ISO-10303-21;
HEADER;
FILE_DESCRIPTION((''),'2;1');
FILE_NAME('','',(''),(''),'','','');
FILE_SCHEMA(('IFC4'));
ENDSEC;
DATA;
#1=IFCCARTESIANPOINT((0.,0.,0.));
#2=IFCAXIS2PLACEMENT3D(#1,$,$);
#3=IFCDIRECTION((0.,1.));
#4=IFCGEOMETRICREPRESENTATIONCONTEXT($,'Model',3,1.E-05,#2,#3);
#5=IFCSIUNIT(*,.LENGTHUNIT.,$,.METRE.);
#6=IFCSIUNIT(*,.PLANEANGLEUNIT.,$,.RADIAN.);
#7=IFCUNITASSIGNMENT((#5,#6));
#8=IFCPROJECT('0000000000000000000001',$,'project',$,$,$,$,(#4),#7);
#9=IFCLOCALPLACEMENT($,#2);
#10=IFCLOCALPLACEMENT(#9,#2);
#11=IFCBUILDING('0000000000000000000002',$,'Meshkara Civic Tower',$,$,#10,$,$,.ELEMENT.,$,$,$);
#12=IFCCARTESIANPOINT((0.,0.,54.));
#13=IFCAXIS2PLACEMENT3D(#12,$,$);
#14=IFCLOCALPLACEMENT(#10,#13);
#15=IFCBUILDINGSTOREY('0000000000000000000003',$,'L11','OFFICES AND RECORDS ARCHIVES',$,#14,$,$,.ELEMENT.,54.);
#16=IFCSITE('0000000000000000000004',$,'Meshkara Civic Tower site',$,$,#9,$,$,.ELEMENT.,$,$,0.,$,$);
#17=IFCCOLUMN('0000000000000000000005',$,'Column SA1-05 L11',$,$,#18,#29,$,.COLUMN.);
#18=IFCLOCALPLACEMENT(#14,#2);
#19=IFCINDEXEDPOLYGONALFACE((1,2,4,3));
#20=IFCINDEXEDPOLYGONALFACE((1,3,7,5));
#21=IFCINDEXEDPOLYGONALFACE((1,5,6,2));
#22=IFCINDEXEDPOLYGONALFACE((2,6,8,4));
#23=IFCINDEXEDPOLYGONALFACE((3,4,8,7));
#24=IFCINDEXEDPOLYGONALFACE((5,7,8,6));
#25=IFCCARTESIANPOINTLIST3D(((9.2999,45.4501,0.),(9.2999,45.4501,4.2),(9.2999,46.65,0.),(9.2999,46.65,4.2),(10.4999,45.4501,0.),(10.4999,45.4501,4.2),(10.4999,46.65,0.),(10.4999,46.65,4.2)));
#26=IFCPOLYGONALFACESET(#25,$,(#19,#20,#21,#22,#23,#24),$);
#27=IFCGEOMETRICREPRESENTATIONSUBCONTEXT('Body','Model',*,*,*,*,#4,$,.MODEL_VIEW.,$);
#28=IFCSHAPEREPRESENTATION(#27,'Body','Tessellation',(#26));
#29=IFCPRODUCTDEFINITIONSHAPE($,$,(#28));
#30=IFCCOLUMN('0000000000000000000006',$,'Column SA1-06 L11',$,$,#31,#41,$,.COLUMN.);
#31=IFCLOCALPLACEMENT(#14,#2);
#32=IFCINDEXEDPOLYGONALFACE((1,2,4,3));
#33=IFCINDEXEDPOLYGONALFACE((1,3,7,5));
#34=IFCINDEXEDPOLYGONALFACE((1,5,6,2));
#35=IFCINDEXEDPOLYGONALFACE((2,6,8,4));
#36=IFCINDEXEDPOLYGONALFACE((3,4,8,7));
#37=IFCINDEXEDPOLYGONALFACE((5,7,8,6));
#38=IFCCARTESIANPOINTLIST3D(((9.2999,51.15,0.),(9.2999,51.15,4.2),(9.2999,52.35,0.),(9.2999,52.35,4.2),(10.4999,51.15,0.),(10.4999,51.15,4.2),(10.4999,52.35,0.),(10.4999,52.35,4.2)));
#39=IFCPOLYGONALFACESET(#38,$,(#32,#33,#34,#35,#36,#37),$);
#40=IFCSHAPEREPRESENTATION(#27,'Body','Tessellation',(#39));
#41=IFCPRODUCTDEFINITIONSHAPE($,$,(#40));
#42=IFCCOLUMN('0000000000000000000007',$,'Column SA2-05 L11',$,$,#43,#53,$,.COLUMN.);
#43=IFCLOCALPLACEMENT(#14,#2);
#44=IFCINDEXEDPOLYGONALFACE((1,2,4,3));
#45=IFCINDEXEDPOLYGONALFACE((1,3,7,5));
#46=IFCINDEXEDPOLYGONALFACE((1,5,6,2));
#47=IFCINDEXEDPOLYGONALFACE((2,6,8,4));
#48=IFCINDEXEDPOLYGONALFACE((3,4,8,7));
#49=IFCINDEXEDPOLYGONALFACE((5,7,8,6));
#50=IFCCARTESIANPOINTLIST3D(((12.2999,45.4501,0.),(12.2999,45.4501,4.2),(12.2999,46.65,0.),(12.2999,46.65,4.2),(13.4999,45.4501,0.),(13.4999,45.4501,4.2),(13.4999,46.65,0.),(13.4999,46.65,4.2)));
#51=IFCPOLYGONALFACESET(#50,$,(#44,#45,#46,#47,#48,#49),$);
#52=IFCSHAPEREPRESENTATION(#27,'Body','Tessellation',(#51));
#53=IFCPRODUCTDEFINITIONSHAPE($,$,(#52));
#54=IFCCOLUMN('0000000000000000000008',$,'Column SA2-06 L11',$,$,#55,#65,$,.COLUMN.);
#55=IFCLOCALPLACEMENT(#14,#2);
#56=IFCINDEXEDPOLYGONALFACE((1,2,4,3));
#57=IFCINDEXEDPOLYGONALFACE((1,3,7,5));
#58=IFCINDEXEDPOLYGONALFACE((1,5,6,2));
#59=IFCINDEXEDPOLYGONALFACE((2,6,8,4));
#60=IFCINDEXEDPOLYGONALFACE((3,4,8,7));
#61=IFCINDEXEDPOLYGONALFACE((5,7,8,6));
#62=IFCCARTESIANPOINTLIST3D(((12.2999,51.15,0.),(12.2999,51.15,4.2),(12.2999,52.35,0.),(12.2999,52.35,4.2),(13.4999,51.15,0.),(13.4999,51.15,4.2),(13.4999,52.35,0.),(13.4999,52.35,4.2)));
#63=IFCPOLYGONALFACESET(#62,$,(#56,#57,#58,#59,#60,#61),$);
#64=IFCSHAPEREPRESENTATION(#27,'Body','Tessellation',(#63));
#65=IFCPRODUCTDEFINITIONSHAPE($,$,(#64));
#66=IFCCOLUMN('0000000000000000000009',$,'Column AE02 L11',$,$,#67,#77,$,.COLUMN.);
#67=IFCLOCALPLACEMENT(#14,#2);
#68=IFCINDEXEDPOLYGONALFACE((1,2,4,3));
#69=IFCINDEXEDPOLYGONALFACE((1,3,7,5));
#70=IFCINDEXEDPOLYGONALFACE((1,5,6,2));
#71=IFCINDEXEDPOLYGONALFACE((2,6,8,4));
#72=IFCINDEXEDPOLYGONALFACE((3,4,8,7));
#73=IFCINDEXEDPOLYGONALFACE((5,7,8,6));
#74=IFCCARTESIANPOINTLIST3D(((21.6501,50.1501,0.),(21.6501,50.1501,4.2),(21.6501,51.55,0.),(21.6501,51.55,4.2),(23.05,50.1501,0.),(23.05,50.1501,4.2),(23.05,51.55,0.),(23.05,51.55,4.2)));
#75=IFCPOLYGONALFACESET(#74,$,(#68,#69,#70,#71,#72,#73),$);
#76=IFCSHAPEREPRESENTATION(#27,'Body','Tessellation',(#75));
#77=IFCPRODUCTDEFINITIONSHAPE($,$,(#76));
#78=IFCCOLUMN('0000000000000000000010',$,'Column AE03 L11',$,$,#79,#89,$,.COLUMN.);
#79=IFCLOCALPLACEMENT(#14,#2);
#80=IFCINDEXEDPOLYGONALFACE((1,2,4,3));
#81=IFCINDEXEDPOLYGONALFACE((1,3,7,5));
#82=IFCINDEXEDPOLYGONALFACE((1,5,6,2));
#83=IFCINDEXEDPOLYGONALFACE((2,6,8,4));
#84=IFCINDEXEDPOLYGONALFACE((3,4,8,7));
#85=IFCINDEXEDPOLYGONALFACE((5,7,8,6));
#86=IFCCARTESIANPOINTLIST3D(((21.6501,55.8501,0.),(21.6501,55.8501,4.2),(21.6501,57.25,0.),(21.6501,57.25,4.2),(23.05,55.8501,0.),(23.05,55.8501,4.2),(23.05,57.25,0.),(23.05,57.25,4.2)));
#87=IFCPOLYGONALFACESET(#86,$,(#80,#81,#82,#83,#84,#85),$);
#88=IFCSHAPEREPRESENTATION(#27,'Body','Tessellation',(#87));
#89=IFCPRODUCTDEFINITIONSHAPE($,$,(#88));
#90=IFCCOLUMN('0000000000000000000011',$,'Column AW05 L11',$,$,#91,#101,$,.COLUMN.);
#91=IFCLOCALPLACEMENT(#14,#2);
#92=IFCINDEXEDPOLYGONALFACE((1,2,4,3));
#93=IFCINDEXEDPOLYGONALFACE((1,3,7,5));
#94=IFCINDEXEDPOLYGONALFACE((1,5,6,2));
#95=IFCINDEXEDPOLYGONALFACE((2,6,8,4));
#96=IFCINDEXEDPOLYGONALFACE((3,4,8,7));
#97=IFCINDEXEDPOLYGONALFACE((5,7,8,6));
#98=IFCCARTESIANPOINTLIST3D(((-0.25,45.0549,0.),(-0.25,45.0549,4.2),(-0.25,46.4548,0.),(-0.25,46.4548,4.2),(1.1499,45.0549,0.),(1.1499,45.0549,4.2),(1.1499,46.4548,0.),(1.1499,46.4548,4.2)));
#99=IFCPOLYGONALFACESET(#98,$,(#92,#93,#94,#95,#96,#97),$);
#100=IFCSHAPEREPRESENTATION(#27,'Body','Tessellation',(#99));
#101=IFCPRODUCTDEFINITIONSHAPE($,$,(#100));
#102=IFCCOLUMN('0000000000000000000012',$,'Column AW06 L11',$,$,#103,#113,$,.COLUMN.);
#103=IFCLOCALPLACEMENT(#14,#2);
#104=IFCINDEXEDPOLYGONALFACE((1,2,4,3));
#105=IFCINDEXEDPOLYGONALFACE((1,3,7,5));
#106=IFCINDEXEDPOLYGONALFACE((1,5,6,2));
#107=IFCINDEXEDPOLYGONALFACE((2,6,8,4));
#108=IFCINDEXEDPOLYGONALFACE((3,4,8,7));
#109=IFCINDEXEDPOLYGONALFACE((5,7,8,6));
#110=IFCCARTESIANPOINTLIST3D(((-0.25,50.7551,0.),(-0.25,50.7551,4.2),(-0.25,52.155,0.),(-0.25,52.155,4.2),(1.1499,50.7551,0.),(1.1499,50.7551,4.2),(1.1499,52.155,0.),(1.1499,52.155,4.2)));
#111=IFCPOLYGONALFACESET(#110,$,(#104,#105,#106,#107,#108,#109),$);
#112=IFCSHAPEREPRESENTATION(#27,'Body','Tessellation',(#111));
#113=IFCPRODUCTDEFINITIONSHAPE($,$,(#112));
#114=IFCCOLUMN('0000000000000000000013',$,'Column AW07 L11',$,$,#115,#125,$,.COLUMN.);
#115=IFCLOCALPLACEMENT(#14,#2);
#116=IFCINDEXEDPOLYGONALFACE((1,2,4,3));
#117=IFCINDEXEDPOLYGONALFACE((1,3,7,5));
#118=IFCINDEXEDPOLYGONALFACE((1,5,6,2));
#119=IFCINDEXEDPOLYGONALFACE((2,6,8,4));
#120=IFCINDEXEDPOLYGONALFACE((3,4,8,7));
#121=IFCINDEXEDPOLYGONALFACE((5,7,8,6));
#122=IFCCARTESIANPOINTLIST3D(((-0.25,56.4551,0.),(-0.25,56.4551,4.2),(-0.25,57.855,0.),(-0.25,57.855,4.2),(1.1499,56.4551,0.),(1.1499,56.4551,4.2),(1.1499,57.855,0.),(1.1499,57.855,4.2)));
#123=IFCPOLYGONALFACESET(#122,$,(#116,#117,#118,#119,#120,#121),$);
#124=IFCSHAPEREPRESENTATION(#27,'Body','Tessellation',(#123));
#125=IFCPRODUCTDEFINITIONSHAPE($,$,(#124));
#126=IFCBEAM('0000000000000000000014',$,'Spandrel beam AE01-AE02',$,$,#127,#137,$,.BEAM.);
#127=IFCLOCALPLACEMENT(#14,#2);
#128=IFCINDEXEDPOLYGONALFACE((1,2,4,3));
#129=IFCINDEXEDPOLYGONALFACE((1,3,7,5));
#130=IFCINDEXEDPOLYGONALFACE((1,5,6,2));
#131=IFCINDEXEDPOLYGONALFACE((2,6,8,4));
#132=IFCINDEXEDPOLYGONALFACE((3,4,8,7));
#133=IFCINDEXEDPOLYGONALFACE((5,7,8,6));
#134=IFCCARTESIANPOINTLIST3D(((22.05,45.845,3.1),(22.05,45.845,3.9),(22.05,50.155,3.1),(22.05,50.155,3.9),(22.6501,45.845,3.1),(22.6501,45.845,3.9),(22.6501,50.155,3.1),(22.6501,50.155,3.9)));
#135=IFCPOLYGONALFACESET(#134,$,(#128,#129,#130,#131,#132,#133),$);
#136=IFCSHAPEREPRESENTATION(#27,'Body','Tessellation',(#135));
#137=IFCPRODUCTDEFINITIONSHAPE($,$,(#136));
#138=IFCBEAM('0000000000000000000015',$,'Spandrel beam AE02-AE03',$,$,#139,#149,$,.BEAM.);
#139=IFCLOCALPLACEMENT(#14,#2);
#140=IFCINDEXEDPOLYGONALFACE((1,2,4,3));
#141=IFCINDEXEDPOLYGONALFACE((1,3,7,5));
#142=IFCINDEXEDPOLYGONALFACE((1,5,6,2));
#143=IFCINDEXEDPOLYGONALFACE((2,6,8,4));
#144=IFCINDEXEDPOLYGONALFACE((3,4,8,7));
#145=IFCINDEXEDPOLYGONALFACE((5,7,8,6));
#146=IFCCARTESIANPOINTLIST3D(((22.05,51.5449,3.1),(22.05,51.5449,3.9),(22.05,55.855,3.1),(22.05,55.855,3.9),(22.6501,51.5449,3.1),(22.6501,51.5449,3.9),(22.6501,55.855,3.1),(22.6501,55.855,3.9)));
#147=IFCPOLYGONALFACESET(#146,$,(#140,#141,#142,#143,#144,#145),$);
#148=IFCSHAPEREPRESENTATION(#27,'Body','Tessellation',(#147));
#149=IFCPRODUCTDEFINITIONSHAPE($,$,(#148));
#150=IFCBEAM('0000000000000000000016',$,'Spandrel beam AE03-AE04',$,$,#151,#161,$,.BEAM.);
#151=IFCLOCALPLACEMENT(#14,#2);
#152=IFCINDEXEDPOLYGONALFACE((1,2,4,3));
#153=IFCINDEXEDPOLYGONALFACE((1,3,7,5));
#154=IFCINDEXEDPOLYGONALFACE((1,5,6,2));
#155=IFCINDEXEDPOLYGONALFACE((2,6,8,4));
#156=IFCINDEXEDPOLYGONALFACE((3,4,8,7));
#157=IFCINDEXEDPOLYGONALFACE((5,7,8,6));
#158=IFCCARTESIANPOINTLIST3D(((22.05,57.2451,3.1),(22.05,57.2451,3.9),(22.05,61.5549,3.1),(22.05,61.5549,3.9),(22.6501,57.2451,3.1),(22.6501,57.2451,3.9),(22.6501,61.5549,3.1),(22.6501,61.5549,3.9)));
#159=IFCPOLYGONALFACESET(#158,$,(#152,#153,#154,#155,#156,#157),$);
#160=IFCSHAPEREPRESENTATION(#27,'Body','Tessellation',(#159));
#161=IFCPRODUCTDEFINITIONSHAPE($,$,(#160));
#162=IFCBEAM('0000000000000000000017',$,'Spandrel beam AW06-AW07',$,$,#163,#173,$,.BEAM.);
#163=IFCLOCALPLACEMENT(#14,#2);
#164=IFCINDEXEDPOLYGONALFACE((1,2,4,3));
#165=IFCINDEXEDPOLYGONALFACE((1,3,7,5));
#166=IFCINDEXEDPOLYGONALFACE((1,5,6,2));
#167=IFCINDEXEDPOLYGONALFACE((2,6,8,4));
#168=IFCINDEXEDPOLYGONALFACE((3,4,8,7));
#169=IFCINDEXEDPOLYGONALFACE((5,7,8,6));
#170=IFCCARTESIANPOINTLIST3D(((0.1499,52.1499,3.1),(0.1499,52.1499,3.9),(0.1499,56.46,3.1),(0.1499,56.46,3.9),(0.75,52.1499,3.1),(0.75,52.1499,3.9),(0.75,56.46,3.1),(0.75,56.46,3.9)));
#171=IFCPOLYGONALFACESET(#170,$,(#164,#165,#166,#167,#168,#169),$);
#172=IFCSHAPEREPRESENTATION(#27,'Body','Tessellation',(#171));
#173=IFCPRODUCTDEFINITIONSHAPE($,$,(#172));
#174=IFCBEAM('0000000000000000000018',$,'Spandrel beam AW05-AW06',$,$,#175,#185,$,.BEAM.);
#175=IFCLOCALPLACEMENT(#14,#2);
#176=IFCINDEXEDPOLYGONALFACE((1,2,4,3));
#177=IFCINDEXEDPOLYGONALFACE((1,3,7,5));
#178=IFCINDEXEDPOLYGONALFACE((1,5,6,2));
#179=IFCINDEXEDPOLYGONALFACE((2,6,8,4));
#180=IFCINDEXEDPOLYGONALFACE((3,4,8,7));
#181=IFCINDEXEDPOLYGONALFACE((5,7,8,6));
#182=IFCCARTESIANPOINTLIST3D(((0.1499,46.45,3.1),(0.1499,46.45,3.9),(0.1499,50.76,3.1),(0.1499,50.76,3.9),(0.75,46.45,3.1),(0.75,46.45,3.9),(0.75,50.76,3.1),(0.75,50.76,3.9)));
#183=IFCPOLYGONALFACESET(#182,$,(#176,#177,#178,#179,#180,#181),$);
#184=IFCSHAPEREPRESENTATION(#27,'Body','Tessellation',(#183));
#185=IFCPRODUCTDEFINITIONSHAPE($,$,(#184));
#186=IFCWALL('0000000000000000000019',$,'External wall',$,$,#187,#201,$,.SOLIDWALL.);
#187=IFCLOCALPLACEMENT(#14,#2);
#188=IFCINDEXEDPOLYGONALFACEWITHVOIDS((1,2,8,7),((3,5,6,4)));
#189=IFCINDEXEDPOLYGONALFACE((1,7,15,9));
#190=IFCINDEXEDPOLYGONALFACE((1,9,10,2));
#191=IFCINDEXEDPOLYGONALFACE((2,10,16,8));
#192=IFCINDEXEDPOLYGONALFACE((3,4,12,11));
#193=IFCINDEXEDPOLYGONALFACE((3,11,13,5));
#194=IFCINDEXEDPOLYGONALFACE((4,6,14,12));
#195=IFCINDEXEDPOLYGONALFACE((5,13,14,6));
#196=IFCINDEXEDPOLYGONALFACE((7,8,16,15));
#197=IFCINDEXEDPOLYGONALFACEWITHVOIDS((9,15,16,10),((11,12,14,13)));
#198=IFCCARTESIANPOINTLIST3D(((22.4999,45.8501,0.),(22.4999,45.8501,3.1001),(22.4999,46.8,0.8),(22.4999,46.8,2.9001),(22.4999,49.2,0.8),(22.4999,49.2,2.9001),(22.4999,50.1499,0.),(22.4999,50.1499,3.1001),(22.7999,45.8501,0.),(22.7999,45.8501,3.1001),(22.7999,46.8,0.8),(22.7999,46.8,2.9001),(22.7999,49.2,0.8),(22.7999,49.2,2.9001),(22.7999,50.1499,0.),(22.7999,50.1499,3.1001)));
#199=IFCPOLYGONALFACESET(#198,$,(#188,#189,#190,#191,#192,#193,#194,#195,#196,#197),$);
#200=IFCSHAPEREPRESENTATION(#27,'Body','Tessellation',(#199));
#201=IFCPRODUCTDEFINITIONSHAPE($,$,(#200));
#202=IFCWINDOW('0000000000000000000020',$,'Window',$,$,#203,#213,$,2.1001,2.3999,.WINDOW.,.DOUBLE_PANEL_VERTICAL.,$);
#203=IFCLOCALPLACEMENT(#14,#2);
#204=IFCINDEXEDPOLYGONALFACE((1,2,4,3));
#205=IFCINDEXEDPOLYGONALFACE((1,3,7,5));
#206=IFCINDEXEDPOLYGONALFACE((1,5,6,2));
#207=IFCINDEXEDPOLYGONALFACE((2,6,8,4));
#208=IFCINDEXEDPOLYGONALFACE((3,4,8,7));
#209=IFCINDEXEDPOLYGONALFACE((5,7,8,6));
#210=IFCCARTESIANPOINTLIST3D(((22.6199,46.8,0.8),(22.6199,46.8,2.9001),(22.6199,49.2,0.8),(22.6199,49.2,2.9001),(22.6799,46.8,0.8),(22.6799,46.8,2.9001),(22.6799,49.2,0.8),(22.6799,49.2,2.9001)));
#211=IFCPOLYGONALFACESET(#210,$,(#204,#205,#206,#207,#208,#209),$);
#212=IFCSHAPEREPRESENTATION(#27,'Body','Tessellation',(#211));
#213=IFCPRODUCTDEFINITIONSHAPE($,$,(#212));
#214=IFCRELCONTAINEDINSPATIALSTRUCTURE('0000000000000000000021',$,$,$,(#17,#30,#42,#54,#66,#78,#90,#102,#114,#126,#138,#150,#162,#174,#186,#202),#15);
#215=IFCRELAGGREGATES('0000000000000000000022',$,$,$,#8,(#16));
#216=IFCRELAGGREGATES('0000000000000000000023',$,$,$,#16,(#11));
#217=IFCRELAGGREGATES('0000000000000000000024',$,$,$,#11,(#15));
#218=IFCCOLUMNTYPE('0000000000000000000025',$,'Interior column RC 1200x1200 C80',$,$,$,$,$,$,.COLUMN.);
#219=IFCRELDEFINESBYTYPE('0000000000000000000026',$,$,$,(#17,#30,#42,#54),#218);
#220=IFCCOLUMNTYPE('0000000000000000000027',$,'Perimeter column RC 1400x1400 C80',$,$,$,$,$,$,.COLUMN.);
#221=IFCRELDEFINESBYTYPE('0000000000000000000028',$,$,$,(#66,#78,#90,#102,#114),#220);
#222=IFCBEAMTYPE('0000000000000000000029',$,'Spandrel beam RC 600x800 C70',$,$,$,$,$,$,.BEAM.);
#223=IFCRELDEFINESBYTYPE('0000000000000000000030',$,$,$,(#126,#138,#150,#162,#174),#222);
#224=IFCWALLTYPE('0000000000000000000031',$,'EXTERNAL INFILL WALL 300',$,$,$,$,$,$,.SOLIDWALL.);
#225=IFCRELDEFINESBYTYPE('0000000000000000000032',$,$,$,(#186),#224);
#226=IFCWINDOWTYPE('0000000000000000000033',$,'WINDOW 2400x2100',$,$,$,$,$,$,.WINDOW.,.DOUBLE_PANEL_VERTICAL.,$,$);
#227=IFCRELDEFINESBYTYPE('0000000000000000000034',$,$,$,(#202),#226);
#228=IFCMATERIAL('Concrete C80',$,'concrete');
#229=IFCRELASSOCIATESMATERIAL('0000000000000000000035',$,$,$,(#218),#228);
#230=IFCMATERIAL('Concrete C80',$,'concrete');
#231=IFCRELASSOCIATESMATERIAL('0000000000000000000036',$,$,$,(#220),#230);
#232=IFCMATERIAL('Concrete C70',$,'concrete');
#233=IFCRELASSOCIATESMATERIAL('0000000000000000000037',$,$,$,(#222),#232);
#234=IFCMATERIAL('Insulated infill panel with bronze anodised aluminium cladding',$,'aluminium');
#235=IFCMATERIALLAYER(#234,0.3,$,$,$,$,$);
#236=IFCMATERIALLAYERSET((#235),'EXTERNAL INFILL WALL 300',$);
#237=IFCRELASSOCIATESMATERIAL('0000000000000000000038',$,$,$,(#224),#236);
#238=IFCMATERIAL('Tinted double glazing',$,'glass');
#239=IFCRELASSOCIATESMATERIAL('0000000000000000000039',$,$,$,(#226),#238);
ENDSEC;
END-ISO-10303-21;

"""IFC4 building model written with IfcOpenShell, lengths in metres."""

from ifc_helpers import new_model, si_unit, direction, frame, frame_2d, origin, origin_2d, place, context, subcontext, project, spatial, rectangle, extrude, material, layer, layer_set, material_profile, profile_set, type_object, element, fill, save


model = new_model("IFC4")

# Units and contexts
model_context = context("Model", 3, precision=1e-05, world=origin(), true_north=direction((0.0, 1.0)))
body_context = subcontext(model_context, "Body", "Model", "MODEL_VIEW")
ifc_project = project(units=[si_unit("LENGTHUNIT", "METRE"), si_unit("PLANEANGLEUNIT", "RADIAN")], contexts=[model_context])

# Site, building, storey
site_placement = place(None, origin())
site = spatial("IfcSite", under=ifc_project, at=site_placement, Name="Meshkara Civic Tower site", CompositionType="ELEMENT", RefElevation=0.0)
building_placement = place(site_placement, origin())
building = spatial("IfcBuilding", under=site, at=building_placement, Name="Meshkara Civic Tower", CompositionType="ELEMENT")
storey_placement = place(building_placement, frame((0.0, 0.0, 54.0)))
storey = spatial("IfcBuildingStorey", under=building, at=storey_placement, Name="L11", Description="OFFICES AND RECORDS ARCHIVES", CompositionType="ELEMENT", Elevation=54.0)

# Columns
ifc_material_1 = material(Name="Concrete C80", Category="concrete")
ifc_material_profile_1 = material_profile(ifc_material_1, rectangle(XDim=1.2, YDim=1.2, at=origin_2d()))
ifc_profile_set_1 = profile_set([ifc_material_profile_1], Name="Concrete C80")
column_type_1 = type_object("IfcColumnType", Name="Interior column RC 1200x1200 C80", PredefinedType="COLUMN", material=ifc_profile_set_1)
for number, where, z_axis, x_axis, name in (
    (1, (9.8999, 46.05, 0.0), (0.0, 0.0, 1.0), (1.0, 0.0, 0.0), "Column SA1-05 L11"),
    (2, (9.8999, 51.75, 0.0), (0.0, 0.0, 1.0), (1.0, 0.0, 0.0), "Column SA1-06 L11"),
    (3, (12.8999, 46.05, 0.0), (0.0, 0.0, 1.0), (1.0, 0.0, 0.0), "Column SA2-05 L11"),
    (4, (12.8999, 51.75, 0.0), (0.0, 0.0, 1.0), (1.0, 0.0, 0.0), "Column SA2-06 L11"),
):
    element("IfcColumn", number, at=place(storey_placement, frame(where, z_axis=z_axis, x_axis=x_axis)), inside=storey, type_object=column_type_1, Name=name, PredefinedType="COLUMN", context=body_context, shape_type="SweptSolid", body=[
        extrude(rectangle(XDim=1.2, YDim=1.2, at=origin_2d()), origin(), (0.0, 0.0, 1.0), 4.2),
    ])
ifc_material_2 = material(Name="Concrete C80", Category="concrete")
ifc_material_profile_2 = material_profile(ifc_material_2, rectangle(XDim=1.3999, YDim=1.3999, at=origin_2d()))
ifc_profile_set_2 = profile_set([ifc_material_profile_2], Name="Concrete C80")
column_type_2 = type_object("IfcColumnType", Name="Perimeter column RC 1400x1400 C80", PredefinedType="COLUMN", material=ifc_profile_set_2)
for number, where, z_axis, x_axis, name in (
    (5, (22.3501, 50.8501, 0.0), (0.0, 0.0, 1.0), (1.0, 0.0, 0.0), "Column AE02 L11"),
    (6, (22.3501, 56.55, 0.0), (0.0, 0.0, 1.0), (1.0, 0.0, 0.0), "Column AE03 L11"),
    (7, (0.45, 45.7549, 0.0), (0.0, 0.0, 1.0), (1.0, 0.0, 0.0), "Column AW05 L11"),
    (8, (0.45, 51.4551, 0.0), (0.0, 0.0, 1.0), (1.0, 0.0, 0.0), "Column AW06 L11"),
    (9, (0.45, 57.155, 0.0), (0.0, 0.0, 1.0), (1.0, 0.0, 0.0), "Column AW07 L11"),
):
    element("IfcColumn", number, at=place(storey_placement, frame(where, z_axis=z_axis, x_axis=x_axis)), inside=storey, type_object=column_type_2, Name=name, PredefinedType="COLUMN", context=body_context, shape_type="SweptSolid", body=[
        extrude(rectangle(XDim=1.3999, YDim=1.3999, at=origin_2d()), origin(), (0.0, 0.0, 1.0), 4.2),
    ])

# Beams
ifc_material_3 = material(Name="Concrete C70", Category="concrete")
ifc_material_profile_3 = material_profile(ifc_material_3, rectangle(XDim=0.6001, YDim=0.8, at=origin_2d()))
ifc_profile_set_3 = profile_set([ifc_material_profile_3], Name="Concrete C70")
beam_type = type_object("IfcBeamType", Name="Spandrel beam RC 600x800 C70", PredefinedType="BEAM", material=ifc_profile_set_3)
for number, where, z_axis, x_axis, name in (
    (10, (22.3501, 45.845, 3.5), (0.0, 1.0, 0.0), (-1.0, 0.0, 0.0), "Spandrel beam AE01-AE02"),
    (11, (22.3501, 51.5449, 3.5), (0.0, 1.0, 0.0), (-1.0, 0.0, 0.0), "Spandrel beam AE02-AE03"),
):
    element("IfcBeam", number, at=place(storey_placement, frame(where, z_axis=z_axis, x_axis=x_axis)), inside=storey, type_object=beam_type, Name=name, PredefinedType="BEAM", context=body_context, shape_type="SweptSolid", body=[
        extrude(rectangle(XDim=0.6001, YDim=0.8, at=origin_2d()), origin(), (0.0, 0.0, 1.0), 4.3101),
    ])
beam_placement = place(storey_placement, frame((22.3501, 57.2451, 3.5), z_axis=(0.0, 1.0, 0.0), x_axis=(-1.0, 0.0, 0.0)))
element("IfcBeam", 12, at=beam_placement, inside=storey, type_object=beam_type, Name="Spandrel beam AE03-AE04", PredefinedType="BEAM", context=body_context, shape_type="SweptSolid", body=[
    extrude(rectangle(XDim=0.6001, YDim=0.8, at=origin_2d()), origin(), (0.0, 0.0, 1.0), 4.3098),
])
for number, where, z_axis, x_axis, name in (
    (13, (0.45, 56.46, 3.5), (0.0, -1.0, 0.0), (1.0, 0.0, 0.0), "Spandrel beam AW06-AW07"),
    (14, (0.45, 50.76, 3.5), (0.0, -1.0, 0.0), (1.0, 0.0, 0.0), "Spandrel beam AW05-AW06"),
):
    element("IfcBeam", number, at=place(storey_placement, frame(where, z_axis=z_axis, x_axis=x_axis)), inside=storey, type_object=beam_type, Name=name, PredefinedType="BEAM", context=body_context, shape_type="SweptSolid", body=[
        extrude(rectangle(XDim=0.6001, YDim=0.8, at=origin_2d()), origin(), (0.0, 0.0, 1.0), 4.3101),
    ])

# Wall, opening, window
ifc_material_4 = material(Name="Insulated infill panel with bronze anodised aluminium cladding", Category="aluminium")
ifc_layer_1 = layer(ifc_material_4, 0.3)
ifc_layer_set_1 = layer_set([ifc_layer_1], Name="EXTERNAL INFILL WALL 300")
wall_type_1 = type_object("IfcWallType", Name="EXTERNAL INFILL WALL 300", PredefinedType="SOLIDWALL", material=ifc_layer_set_1)
wall_1_placement = place(storey_placement, frame((22.6499, 45.8501, 0.0), z_axis=(0.0, 0.0, 1.0), x_axis=(0.0, 1.0, 0.0)))
wall_1 = element("IfcWall", 15, at=wall_1_placement, inside=storey, type_object=wall_type_1, Name="External wall", PredefinedType="SOLIDWALL", context=body_context, shape_type="SweptSolid", body=[
    extrude(rectangle(XDim=4.2998, YDim=0.3, at=frame_2d((2.1499, 0.0))), origin(), (0.0, 0.0, 1.0), 3.1001),
])
opening_1_placement = place(wall_1_placement, frame((0.95, 0.0, 0.8)))
opening_1 = element("IfcOpeningElement", 16, at=opening_1_placement, cuts=wall_1, PredefinedType="OPENING", context=body_context, shape_type="SweptSolid", body=[
    extrude(rectangle(XDim=2.3999, YDim=2.1001, at=frame_2d((1.2, 1.05))), frame((0.0, 0.1599, 0.0), z_axis=(0.0, -1.0, 0.0), x_axis=(1.0, 0.0, 0.0)), (0.0, 0.0, 1.0), 0.3201),
])
ifc_material_5 = material(Name="Tinted double glazing", Category="glass")
window_type = type_object("IfcWindowType", Name="WINDOW 2400x2100", PartitioningType="DOUBLE_PANEL_VERTICAL", PredefinedType="WINDOW", material=ifc_material_5)
window_1_placement = place(opening_1_placement, origin())
window_1 = element("IfcWindow", 17, at=window_1_placement, inside=storey, type_object=window_type, Name="Window", OverallHeight=2.1001, OverallWidth=2.3999, PartitioningType="DOUBLE_PANEL_VERTICAL", PredefinedType="WINDOW", context=body_context, shape_type="SweptSolid", body=[
    extrude(rectangle(XDim=2.3999, YDim=2.1001, at=frame_2d((1.2, 1.05))), frame((0.0, 0.03, 0.0), z_axis=(0.0, -1.0, 0.0), x_axis=(1.0, 0.0, 0.0)), (0.0, 0.0, 1.0), 0.0601),
])
fill(opening_1, window_1)

save(model, "model.ifc")
